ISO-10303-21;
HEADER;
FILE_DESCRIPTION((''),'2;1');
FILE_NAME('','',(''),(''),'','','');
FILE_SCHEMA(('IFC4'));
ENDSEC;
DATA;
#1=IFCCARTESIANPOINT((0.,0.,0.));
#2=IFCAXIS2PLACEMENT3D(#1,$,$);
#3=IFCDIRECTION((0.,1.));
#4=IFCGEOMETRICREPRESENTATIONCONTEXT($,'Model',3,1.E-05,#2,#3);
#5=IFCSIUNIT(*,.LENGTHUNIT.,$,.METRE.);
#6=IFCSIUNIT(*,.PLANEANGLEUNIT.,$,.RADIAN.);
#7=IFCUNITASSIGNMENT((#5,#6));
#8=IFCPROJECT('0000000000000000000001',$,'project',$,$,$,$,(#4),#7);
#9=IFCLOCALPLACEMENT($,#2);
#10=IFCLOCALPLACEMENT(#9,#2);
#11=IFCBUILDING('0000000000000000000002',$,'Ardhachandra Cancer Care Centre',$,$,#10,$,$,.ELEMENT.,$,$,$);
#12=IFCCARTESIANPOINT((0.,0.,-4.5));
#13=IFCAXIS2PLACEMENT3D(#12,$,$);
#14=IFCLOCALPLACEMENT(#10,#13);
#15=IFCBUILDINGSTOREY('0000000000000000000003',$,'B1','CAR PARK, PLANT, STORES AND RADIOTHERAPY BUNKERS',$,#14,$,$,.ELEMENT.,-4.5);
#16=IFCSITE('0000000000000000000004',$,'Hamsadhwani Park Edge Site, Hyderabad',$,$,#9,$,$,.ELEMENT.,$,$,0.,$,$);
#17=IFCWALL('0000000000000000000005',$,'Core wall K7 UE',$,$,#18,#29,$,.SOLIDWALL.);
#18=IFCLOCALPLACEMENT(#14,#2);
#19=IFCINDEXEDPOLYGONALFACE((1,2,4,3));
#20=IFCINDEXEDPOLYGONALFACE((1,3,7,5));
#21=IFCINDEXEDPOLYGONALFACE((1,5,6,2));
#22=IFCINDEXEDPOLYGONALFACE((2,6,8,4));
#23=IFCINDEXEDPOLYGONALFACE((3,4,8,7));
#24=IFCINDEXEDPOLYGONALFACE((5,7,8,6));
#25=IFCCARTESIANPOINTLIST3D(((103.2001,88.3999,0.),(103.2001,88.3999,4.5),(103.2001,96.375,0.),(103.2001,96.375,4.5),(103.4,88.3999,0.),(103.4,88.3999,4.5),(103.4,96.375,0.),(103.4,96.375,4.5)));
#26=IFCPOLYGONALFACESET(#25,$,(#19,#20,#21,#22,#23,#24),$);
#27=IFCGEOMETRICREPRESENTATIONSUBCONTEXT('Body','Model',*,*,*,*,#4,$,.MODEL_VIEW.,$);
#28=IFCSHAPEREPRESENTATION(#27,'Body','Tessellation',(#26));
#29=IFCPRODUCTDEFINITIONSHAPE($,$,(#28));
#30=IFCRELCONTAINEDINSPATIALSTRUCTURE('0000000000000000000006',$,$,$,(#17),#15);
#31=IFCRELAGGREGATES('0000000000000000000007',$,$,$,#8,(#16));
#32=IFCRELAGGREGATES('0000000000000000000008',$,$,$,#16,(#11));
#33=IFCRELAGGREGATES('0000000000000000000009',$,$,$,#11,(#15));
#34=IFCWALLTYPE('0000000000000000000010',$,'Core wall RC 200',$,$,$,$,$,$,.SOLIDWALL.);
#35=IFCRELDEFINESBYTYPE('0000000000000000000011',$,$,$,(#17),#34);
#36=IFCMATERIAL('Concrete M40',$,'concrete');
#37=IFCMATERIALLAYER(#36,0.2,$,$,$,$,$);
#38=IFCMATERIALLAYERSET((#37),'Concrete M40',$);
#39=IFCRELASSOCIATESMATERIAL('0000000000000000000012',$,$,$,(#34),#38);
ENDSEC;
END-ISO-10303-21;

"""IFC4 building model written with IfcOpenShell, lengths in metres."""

from ifc_helpers import new_model, si_unit, direction, frame, frame_2d, origin, place, context, subcontext, project, spatial, rectangle, extrude, material, layer, layer_set, type_object, element, save


model = new_model("IFC4")

# Units and contexts
model_context = context("Model", 3, precision=1e-05, world=origin(), true_north=direction((0.0, 1.0)))
body_context = subcontext(model_context, "Body", "Model", "MODEL_VIEW")
ifc_project = project(units=[si_unit("LENGTHUNIT", "METRE"), si_unit("PLANEANGLEUNIT", "RADIAN")], contexts=[model_context])

# Site, building, storey
site_placement = place(None, origin())
site = spatial("IfcSite", under=ifc_project, at=site_placement, Name="Hamsadhwani Park Edge Site, Hyderabad", CompositionType="ELEMENT", RefElevation=0.0)
building_placement = place(site_placement, origin())
building = spatial("IfcBuilding", under=site, at=building_placement, Name="Ardhachandra Cancer Care Centre", CompositionType="ELEMENT")
storey_placement = place(building_placement, frame((0.0, 0.0, -4.5)))
storey = spatial("IfcBuildingStorey", under=building, at=storey_placement, Name="B1", Description="CAR PARK, PLANT, STORES AND RADIOTHERAPY BUNKERS", CompositionType="ELEMENT", Elevation=-4.5)

# Shared definitions
ifc_material_1 = material(Name="Concrete M40", Category="concrete")
ifc_layer = layer(ifc_material_1, 0.2)
ifc_layer_set = layer_set([ifc_layer], Name="Concrete M40")
wall_type = type_object("IfcWallType", Name="Core wall RC 200", PredefinedType="SOLIDWALL", material=ifc_layer_set)

# Wall
wall_1_placement = place(storey_placement, frame((103.3, 88.3999, 0.0), z_axis=(0.0, 0.0, 1.0), x_axis=(0.0, 1.0, 0.0)))
element("IfcWall", 1, at=wall_1_placement, inside=storey, type_object=wall_type, Name="Core wall K7 UE", PredefinedType="SOLIDWALL", context=body_context, shape_type="SweptSolid", body=[
    extrude(rectangle(XDim=7.9751, YDim=0.2, at=frame_2d((3.9875, 0.0))), origin(), (0.0, 0.0, 1.0), 4.5),
])

save(model, "model.ifc")
